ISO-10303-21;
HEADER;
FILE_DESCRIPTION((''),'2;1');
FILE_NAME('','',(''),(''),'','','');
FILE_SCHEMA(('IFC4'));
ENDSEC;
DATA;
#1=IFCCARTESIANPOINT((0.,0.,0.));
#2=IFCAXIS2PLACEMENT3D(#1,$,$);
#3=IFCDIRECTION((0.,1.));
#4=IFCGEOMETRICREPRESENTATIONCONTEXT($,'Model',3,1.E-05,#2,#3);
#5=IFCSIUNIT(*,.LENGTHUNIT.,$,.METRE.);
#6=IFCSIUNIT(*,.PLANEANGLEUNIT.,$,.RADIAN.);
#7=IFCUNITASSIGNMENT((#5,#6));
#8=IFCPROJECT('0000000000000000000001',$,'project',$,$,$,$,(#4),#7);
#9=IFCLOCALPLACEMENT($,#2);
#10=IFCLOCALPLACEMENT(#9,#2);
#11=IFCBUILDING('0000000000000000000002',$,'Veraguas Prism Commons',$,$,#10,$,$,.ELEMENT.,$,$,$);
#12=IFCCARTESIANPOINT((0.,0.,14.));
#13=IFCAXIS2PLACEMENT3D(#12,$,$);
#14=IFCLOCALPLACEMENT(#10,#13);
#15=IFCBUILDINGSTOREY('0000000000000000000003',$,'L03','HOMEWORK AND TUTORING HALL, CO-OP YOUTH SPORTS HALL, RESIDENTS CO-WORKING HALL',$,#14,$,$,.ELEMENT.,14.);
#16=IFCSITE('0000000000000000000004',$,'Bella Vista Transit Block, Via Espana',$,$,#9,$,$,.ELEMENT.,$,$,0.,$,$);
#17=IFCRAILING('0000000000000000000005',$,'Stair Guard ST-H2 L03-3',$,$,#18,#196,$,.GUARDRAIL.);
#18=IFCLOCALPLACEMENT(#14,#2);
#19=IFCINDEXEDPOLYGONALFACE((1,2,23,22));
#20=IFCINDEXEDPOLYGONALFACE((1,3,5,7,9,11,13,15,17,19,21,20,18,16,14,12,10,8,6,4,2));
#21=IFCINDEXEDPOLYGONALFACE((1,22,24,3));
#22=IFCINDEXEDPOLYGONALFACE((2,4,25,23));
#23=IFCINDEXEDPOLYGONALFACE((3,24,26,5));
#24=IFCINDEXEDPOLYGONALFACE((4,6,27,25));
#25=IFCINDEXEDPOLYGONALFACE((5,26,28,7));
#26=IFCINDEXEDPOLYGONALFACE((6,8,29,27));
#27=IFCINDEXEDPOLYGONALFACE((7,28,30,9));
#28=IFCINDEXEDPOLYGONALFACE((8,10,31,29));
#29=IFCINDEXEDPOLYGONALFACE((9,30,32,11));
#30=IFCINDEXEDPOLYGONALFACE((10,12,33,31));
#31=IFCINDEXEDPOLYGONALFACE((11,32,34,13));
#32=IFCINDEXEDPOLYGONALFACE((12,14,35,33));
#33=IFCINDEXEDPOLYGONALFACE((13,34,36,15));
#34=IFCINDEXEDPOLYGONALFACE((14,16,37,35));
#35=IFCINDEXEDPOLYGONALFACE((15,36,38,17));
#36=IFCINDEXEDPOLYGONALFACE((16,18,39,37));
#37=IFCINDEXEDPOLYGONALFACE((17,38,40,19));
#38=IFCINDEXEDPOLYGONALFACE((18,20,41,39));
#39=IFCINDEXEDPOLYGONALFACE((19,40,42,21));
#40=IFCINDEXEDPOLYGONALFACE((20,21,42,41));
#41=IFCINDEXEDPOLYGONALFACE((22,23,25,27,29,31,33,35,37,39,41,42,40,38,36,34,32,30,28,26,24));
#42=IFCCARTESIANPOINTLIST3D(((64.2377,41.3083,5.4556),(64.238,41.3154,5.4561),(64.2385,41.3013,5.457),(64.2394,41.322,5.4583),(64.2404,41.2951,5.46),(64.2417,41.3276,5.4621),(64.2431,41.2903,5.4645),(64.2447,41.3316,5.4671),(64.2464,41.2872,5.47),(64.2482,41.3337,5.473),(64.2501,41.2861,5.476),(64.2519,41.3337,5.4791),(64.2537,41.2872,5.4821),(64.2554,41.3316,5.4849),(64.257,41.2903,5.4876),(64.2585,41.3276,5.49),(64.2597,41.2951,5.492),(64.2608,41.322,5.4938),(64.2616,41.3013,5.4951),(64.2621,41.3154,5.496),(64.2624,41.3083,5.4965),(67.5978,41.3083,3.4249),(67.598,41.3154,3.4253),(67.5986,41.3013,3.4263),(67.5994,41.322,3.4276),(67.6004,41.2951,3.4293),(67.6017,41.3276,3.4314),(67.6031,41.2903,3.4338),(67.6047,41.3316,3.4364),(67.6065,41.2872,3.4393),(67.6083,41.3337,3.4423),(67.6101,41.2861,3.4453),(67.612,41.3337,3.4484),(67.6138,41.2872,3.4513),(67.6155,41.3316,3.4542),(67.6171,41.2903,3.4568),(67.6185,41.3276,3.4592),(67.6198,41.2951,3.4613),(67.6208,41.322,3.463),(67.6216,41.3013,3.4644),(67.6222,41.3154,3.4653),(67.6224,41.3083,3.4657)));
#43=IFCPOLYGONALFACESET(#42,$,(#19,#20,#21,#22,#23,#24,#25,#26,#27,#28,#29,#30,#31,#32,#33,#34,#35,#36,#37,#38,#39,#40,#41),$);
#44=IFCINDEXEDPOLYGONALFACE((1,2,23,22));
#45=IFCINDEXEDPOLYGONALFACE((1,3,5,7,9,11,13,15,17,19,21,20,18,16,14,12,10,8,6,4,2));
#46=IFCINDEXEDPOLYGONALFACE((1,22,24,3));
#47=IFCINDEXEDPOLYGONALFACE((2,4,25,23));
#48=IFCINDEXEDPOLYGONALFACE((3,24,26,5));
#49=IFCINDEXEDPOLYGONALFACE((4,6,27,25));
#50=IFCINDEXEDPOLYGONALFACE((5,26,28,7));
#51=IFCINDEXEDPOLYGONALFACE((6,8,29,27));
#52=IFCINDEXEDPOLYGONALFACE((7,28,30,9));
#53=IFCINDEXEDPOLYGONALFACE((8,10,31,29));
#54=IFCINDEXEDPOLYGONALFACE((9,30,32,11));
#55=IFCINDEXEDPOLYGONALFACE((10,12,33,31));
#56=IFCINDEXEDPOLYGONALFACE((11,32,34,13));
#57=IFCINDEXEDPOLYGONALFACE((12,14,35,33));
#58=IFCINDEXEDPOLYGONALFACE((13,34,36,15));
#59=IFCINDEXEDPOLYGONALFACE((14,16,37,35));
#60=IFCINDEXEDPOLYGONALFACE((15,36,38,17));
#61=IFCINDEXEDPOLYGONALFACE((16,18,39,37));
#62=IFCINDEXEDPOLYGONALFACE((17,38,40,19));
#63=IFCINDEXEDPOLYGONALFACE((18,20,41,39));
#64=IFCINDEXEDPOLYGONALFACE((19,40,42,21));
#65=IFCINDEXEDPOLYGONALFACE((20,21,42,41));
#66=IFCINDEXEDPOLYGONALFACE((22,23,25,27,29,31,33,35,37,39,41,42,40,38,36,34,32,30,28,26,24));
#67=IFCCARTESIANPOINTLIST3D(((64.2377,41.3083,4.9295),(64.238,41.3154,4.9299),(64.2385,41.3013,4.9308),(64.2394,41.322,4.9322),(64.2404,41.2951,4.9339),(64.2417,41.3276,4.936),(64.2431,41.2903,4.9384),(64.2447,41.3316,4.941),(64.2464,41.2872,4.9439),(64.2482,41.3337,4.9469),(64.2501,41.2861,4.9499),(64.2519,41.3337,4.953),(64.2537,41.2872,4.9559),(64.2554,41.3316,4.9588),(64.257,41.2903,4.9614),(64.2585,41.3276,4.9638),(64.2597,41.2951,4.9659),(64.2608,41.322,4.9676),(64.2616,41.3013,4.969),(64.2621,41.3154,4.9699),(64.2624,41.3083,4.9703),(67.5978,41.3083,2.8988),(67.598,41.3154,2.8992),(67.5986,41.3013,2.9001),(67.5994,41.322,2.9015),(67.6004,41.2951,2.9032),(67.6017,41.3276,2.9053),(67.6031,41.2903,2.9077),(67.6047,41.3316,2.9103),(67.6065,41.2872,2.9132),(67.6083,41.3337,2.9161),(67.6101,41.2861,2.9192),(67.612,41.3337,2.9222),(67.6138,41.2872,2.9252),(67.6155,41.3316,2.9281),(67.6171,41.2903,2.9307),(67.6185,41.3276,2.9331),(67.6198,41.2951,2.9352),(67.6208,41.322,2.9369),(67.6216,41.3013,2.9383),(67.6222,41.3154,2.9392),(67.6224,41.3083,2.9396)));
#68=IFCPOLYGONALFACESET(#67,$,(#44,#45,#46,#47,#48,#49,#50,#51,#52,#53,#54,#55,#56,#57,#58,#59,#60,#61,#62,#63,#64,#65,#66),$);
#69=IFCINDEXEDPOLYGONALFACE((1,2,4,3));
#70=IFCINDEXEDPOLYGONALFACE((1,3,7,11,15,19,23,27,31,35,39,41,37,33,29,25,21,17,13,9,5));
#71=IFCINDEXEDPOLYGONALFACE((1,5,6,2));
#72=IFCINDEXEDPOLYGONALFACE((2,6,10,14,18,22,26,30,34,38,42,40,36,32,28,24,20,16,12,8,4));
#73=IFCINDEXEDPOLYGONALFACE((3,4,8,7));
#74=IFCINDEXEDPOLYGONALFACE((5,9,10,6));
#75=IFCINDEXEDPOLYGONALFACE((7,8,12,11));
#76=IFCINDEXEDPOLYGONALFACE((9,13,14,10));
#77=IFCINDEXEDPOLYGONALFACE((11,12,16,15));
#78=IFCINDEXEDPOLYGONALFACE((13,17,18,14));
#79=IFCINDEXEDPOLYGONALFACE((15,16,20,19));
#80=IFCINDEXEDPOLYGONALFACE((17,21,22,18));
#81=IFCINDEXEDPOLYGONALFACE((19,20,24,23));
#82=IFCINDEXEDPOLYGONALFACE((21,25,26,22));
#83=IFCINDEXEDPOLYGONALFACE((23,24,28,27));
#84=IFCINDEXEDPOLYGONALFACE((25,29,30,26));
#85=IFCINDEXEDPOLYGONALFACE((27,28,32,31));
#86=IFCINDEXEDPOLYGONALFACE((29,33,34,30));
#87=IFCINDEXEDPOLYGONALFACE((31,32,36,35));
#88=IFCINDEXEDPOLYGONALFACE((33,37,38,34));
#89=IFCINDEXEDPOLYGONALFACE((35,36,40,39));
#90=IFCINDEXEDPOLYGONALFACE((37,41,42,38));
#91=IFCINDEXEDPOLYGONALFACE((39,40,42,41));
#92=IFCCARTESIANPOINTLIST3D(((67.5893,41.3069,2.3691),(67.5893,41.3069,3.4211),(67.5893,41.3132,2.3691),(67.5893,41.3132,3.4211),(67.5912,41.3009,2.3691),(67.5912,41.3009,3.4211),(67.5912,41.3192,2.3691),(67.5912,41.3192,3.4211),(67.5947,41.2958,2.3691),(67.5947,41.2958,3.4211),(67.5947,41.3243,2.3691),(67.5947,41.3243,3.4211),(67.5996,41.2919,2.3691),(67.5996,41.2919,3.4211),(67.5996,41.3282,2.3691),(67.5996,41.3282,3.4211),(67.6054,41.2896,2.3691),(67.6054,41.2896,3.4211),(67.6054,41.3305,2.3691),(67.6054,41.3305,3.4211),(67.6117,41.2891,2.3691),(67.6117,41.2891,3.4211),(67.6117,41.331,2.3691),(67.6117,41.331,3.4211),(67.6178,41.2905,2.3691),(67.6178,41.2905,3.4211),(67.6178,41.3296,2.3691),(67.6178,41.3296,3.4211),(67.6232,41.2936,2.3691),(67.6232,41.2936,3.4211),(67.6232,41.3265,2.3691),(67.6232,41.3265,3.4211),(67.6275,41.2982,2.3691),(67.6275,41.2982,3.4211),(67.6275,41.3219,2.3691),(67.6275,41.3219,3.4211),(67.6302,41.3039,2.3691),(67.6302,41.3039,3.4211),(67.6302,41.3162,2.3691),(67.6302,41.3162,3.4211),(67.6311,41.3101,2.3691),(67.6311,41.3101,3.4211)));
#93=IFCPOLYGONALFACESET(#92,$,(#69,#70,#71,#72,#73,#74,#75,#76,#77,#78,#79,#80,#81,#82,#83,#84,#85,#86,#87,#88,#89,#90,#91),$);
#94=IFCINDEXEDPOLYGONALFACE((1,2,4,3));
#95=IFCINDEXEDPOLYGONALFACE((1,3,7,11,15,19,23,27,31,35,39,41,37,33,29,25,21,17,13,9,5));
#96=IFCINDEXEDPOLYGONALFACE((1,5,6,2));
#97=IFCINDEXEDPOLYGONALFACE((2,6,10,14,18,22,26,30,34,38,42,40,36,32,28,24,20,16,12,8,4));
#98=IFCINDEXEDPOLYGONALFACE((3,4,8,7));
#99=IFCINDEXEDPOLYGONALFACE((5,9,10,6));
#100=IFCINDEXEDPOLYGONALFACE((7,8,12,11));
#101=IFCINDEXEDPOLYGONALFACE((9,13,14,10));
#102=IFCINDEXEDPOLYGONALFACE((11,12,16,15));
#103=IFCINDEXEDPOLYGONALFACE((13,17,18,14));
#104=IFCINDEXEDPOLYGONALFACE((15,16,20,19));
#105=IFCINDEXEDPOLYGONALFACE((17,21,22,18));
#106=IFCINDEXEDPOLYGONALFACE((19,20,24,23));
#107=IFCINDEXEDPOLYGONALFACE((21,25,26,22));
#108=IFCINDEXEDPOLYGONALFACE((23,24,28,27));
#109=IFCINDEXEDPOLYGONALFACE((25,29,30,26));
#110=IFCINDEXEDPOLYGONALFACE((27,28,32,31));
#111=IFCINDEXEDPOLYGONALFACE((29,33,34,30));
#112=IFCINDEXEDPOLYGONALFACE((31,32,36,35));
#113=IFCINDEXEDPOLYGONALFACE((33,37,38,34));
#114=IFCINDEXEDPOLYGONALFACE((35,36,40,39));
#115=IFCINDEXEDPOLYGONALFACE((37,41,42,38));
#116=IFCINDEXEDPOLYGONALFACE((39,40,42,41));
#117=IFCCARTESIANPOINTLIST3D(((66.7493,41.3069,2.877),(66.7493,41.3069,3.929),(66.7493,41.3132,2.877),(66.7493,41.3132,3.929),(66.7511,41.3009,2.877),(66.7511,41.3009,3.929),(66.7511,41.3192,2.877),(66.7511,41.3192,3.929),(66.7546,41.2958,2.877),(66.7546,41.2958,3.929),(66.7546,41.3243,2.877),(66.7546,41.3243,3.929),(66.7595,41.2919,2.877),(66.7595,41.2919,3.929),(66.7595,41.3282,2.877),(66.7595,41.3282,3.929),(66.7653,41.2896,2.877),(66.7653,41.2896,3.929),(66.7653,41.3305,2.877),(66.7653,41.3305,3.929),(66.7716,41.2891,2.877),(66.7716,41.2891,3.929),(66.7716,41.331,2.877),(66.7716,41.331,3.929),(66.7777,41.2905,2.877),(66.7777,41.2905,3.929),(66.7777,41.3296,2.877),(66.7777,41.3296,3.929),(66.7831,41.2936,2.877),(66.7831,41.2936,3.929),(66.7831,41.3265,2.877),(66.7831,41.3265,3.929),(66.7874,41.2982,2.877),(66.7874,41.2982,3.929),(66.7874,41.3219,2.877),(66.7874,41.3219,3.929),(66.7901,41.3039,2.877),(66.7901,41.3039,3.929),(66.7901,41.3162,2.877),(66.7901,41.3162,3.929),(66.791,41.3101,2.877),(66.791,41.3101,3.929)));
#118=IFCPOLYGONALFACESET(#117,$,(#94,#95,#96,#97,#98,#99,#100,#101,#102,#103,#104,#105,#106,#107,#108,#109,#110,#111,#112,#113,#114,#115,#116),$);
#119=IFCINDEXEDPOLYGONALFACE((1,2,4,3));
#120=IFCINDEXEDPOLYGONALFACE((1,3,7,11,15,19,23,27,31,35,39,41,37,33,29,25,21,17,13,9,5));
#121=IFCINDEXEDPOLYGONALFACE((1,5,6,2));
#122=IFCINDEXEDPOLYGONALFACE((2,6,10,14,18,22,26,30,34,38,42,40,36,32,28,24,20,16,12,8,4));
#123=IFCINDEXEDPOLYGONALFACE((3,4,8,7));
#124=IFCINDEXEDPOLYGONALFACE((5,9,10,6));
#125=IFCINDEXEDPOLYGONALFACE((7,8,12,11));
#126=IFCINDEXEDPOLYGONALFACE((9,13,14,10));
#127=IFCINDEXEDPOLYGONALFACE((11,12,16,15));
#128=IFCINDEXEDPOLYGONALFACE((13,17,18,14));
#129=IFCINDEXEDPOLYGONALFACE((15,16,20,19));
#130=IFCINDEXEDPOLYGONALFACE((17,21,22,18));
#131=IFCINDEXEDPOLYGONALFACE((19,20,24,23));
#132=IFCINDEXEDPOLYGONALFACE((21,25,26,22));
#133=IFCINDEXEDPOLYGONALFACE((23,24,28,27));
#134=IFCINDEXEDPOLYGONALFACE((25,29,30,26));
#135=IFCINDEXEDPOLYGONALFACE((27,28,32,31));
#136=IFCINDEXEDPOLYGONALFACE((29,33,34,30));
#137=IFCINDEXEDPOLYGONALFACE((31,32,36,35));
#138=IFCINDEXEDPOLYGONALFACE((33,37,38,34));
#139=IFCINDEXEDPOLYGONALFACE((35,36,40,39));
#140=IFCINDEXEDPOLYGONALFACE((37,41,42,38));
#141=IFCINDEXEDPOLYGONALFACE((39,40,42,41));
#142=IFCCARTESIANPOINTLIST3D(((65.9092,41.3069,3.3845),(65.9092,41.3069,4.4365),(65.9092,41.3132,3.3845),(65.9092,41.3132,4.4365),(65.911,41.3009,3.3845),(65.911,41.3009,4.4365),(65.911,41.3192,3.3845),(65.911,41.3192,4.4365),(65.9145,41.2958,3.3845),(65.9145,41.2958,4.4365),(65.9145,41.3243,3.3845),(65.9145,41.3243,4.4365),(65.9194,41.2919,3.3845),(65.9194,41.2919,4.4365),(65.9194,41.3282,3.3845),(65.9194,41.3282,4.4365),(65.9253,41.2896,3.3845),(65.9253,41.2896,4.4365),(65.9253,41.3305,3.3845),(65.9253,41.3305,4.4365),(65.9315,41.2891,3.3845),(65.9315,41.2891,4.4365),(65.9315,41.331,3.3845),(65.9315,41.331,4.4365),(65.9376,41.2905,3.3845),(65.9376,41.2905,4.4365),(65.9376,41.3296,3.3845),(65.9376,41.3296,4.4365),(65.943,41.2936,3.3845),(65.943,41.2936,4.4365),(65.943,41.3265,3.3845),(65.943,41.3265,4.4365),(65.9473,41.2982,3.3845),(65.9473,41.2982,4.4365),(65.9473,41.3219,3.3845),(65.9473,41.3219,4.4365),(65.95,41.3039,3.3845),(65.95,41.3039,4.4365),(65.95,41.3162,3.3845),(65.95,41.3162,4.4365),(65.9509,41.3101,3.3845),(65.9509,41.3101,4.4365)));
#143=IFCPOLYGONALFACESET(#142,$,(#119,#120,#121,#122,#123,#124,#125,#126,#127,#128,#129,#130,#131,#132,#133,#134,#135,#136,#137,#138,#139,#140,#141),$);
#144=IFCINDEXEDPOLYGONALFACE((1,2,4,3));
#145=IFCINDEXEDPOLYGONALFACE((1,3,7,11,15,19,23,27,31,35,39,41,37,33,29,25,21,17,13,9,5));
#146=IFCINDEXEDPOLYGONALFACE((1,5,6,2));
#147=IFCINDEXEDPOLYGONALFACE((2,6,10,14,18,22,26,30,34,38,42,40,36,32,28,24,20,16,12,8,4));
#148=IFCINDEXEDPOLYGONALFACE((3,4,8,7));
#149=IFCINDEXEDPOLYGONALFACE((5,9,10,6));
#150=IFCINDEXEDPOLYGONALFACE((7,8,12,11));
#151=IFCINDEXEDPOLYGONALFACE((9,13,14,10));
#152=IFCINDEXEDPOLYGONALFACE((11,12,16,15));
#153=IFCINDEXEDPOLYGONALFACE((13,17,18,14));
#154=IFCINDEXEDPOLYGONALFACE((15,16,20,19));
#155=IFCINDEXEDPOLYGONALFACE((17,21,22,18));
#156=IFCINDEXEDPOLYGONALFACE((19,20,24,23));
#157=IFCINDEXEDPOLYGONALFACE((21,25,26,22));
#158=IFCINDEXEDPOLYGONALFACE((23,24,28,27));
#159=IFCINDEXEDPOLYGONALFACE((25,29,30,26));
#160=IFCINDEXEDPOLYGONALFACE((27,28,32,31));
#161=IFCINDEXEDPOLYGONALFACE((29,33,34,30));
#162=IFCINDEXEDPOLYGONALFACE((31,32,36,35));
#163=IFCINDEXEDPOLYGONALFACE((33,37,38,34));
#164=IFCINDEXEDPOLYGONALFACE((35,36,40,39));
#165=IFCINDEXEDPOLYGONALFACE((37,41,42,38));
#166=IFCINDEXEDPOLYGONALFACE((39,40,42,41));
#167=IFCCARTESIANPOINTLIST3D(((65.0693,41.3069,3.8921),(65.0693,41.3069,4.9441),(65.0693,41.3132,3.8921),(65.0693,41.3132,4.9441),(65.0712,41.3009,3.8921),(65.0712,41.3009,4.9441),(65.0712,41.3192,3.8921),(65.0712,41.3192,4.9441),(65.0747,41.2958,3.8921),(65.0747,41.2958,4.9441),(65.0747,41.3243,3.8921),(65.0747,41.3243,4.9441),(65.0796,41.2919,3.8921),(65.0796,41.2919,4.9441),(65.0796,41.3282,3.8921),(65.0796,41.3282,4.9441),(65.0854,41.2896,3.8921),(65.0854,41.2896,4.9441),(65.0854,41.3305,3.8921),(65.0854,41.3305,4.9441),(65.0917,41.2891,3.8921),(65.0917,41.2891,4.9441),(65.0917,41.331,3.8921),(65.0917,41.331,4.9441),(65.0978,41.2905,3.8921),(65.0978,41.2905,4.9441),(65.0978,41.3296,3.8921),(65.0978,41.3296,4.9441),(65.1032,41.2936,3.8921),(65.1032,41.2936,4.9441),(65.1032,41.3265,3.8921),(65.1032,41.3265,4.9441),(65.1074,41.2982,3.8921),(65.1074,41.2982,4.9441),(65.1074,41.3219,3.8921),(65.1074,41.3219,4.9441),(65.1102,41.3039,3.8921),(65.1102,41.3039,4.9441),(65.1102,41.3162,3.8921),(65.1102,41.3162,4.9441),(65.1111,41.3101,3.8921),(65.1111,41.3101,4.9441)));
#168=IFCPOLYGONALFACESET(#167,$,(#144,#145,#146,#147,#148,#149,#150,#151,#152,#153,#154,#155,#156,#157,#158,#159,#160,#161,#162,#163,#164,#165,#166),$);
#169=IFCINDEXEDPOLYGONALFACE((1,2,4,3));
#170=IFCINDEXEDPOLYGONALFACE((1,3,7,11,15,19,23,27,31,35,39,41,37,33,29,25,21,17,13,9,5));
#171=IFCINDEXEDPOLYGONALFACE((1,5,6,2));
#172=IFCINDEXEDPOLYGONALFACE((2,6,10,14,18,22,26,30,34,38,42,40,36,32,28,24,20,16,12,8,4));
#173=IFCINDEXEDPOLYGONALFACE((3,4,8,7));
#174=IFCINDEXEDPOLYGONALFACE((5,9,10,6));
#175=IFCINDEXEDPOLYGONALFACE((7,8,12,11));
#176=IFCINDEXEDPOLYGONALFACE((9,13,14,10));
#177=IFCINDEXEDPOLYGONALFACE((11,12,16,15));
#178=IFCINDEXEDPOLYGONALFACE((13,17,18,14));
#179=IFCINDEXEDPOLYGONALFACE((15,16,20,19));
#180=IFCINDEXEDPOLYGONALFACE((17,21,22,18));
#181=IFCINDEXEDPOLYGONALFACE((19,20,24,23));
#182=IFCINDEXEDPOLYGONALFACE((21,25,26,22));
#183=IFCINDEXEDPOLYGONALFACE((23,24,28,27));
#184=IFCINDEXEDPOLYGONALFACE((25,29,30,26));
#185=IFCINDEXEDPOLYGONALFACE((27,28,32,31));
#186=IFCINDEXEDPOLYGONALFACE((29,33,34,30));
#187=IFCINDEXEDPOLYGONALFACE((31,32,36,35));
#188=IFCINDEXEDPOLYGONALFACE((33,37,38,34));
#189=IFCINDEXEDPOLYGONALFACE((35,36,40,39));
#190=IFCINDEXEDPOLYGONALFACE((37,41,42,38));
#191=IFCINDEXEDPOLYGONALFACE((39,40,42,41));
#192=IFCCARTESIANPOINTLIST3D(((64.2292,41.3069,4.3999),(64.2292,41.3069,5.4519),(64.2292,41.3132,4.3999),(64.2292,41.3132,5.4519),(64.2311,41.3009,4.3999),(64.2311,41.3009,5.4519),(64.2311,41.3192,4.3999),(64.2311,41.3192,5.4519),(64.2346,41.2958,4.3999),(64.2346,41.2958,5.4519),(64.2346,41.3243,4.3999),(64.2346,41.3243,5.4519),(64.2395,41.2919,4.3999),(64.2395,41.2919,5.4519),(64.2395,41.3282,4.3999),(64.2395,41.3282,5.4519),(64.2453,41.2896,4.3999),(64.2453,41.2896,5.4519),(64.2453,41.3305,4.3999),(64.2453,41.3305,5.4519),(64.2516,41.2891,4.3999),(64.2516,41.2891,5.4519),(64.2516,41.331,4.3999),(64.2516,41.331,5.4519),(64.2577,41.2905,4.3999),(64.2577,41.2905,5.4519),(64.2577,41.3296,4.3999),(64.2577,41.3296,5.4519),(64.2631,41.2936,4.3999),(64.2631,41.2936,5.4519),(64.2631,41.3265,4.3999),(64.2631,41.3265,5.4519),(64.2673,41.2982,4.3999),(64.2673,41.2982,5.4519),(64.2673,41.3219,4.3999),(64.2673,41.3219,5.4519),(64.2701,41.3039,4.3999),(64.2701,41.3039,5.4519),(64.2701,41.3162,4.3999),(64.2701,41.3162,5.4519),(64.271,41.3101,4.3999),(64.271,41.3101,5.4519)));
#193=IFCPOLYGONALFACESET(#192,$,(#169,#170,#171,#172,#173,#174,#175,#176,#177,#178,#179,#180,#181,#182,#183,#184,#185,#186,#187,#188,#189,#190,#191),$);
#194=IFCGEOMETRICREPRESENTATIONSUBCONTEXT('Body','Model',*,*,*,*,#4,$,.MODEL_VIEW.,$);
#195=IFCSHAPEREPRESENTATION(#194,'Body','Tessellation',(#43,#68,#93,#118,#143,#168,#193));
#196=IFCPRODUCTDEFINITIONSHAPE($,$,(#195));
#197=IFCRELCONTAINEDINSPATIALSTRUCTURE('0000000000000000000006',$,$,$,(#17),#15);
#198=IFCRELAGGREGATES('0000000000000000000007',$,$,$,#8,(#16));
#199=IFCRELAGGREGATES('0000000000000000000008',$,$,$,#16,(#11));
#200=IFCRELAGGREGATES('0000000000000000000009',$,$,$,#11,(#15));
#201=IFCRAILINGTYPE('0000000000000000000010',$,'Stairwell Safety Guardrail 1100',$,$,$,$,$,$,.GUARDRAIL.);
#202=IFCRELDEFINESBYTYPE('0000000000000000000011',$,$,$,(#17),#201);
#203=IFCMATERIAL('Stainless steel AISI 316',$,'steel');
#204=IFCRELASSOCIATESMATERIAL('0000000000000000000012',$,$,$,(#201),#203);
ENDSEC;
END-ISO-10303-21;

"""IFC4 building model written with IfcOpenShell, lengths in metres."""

from ifc_helpers import new_model, si_unit, direction, frame, origin, origin_2d, place, context, subcontext, project, spatial, circle, extrude, material, type_object, element, save


model = new_model("IFC4")

# Units and contexts
model_context = context("Model", 3, precision=1e-05, world=origin(), true_north=direction((0.0, 1.0)))
body_context = subcontext(model_context, "Body", "Model", "MODEL_VIEW")
ifc_project = project(units=[si_unit("LENGTHUNIT", "METRE"), si_unit("PLANEANGLEUNIT", "RADIAN")], contexts=[model_context])

# Site, building, storey
site_placement = place(None, origin())
site = spatial("IfcSite", under=ifc_project, at=site_placement, Name="Bella Vista Transit Block, Via Espana", CompositionType="ELEMENT", RefElevation=0.0)
building_placement = place(site_placement, origin())
building = spatial("IfcBuilding", under=site, at=building_placement, Name="Veraguas Prism Commons", CompositionType="ELEMENT")
storey_placement = place(building_placement, frame((0.0, 0.0, 14.0)))
storey = spatial("IfcBuildingStorey", under=building, at=storey_placement, Name="L03", Description="HOMEWORK AND TUTORING HALL, CO-OP YOUTH SPORTS HALL, RESIDENTS CO-WORKING HALL", CompositionType="ELEMENT", Elevation=14.0)

# Railing
ifc_material_1 = material(Name="Stainless steel AISI 316", Category="steel")
railing_type_1 = type_object("IfcRailingType", Name="Stairwell Safety Guardrail 1100", PredefinedType="GUARDRAIL", material=ifc_material_1)
railing_1_placement = place(storey_placement, frame((67.6101, 41.3101, 2.3691)))
element("IfcRailing", 1, at=railing_1_placement, inside=storey, type_object=railing_type_1, Name="Stair Guard ST-H2 L03-3", PredefinedType="GUARDRAIL", context=body_context, shape_type="SweptSolid", body=[
    extrude(circle(Radius=0.0239, at=origin_2d()), frame((0.0, 0.0, 1.0762), z_axis=(-0.855837, 0.0, 0.517246), x_axis=(0.0, -1.0, 0.0)), (0.0, 0.0, 1.0), 3.926),
    extrude(circle(Radius=0.0239, at=origin_2d()), frame((0.0, 0.0, 0.55), z_axis=(-0.855837, 0.0, 0.517246), x_axis=(0.0, -1.0, 0.0)), (0.0, 0.0, 1.0), 3.926),
    extrude(circle(Radius=0.021, at=origin_2d()), origin(), (0.0, 0.0, 1.0), 1.052),
    extrude(circle(Radius=0.021, at=origin_2d()), frame((-0.8401, 0.0, 0.5078)), (0.0, 0.0, 1.0), 1.052),
    extrude(circle(Radius=0.021, at=origin_2d()), frame((-1.6802, 0.0, 1.0154)), (0.0, 0.0, 1.0), 1.052),
    extrude(circle(Radius=0.021, at=origin_2d()), frame((-2.52, 0.0, 1.5229)), (0.0, 0.0, 1.0), 1.052),
    extrude(circle(Radius=0.021, at=origin_2d()), frame((-3.3601, 0.0, 2.0308)), (0.0, 0.0, 1.0), 1.052),
])

save(model, "model.ifc")
